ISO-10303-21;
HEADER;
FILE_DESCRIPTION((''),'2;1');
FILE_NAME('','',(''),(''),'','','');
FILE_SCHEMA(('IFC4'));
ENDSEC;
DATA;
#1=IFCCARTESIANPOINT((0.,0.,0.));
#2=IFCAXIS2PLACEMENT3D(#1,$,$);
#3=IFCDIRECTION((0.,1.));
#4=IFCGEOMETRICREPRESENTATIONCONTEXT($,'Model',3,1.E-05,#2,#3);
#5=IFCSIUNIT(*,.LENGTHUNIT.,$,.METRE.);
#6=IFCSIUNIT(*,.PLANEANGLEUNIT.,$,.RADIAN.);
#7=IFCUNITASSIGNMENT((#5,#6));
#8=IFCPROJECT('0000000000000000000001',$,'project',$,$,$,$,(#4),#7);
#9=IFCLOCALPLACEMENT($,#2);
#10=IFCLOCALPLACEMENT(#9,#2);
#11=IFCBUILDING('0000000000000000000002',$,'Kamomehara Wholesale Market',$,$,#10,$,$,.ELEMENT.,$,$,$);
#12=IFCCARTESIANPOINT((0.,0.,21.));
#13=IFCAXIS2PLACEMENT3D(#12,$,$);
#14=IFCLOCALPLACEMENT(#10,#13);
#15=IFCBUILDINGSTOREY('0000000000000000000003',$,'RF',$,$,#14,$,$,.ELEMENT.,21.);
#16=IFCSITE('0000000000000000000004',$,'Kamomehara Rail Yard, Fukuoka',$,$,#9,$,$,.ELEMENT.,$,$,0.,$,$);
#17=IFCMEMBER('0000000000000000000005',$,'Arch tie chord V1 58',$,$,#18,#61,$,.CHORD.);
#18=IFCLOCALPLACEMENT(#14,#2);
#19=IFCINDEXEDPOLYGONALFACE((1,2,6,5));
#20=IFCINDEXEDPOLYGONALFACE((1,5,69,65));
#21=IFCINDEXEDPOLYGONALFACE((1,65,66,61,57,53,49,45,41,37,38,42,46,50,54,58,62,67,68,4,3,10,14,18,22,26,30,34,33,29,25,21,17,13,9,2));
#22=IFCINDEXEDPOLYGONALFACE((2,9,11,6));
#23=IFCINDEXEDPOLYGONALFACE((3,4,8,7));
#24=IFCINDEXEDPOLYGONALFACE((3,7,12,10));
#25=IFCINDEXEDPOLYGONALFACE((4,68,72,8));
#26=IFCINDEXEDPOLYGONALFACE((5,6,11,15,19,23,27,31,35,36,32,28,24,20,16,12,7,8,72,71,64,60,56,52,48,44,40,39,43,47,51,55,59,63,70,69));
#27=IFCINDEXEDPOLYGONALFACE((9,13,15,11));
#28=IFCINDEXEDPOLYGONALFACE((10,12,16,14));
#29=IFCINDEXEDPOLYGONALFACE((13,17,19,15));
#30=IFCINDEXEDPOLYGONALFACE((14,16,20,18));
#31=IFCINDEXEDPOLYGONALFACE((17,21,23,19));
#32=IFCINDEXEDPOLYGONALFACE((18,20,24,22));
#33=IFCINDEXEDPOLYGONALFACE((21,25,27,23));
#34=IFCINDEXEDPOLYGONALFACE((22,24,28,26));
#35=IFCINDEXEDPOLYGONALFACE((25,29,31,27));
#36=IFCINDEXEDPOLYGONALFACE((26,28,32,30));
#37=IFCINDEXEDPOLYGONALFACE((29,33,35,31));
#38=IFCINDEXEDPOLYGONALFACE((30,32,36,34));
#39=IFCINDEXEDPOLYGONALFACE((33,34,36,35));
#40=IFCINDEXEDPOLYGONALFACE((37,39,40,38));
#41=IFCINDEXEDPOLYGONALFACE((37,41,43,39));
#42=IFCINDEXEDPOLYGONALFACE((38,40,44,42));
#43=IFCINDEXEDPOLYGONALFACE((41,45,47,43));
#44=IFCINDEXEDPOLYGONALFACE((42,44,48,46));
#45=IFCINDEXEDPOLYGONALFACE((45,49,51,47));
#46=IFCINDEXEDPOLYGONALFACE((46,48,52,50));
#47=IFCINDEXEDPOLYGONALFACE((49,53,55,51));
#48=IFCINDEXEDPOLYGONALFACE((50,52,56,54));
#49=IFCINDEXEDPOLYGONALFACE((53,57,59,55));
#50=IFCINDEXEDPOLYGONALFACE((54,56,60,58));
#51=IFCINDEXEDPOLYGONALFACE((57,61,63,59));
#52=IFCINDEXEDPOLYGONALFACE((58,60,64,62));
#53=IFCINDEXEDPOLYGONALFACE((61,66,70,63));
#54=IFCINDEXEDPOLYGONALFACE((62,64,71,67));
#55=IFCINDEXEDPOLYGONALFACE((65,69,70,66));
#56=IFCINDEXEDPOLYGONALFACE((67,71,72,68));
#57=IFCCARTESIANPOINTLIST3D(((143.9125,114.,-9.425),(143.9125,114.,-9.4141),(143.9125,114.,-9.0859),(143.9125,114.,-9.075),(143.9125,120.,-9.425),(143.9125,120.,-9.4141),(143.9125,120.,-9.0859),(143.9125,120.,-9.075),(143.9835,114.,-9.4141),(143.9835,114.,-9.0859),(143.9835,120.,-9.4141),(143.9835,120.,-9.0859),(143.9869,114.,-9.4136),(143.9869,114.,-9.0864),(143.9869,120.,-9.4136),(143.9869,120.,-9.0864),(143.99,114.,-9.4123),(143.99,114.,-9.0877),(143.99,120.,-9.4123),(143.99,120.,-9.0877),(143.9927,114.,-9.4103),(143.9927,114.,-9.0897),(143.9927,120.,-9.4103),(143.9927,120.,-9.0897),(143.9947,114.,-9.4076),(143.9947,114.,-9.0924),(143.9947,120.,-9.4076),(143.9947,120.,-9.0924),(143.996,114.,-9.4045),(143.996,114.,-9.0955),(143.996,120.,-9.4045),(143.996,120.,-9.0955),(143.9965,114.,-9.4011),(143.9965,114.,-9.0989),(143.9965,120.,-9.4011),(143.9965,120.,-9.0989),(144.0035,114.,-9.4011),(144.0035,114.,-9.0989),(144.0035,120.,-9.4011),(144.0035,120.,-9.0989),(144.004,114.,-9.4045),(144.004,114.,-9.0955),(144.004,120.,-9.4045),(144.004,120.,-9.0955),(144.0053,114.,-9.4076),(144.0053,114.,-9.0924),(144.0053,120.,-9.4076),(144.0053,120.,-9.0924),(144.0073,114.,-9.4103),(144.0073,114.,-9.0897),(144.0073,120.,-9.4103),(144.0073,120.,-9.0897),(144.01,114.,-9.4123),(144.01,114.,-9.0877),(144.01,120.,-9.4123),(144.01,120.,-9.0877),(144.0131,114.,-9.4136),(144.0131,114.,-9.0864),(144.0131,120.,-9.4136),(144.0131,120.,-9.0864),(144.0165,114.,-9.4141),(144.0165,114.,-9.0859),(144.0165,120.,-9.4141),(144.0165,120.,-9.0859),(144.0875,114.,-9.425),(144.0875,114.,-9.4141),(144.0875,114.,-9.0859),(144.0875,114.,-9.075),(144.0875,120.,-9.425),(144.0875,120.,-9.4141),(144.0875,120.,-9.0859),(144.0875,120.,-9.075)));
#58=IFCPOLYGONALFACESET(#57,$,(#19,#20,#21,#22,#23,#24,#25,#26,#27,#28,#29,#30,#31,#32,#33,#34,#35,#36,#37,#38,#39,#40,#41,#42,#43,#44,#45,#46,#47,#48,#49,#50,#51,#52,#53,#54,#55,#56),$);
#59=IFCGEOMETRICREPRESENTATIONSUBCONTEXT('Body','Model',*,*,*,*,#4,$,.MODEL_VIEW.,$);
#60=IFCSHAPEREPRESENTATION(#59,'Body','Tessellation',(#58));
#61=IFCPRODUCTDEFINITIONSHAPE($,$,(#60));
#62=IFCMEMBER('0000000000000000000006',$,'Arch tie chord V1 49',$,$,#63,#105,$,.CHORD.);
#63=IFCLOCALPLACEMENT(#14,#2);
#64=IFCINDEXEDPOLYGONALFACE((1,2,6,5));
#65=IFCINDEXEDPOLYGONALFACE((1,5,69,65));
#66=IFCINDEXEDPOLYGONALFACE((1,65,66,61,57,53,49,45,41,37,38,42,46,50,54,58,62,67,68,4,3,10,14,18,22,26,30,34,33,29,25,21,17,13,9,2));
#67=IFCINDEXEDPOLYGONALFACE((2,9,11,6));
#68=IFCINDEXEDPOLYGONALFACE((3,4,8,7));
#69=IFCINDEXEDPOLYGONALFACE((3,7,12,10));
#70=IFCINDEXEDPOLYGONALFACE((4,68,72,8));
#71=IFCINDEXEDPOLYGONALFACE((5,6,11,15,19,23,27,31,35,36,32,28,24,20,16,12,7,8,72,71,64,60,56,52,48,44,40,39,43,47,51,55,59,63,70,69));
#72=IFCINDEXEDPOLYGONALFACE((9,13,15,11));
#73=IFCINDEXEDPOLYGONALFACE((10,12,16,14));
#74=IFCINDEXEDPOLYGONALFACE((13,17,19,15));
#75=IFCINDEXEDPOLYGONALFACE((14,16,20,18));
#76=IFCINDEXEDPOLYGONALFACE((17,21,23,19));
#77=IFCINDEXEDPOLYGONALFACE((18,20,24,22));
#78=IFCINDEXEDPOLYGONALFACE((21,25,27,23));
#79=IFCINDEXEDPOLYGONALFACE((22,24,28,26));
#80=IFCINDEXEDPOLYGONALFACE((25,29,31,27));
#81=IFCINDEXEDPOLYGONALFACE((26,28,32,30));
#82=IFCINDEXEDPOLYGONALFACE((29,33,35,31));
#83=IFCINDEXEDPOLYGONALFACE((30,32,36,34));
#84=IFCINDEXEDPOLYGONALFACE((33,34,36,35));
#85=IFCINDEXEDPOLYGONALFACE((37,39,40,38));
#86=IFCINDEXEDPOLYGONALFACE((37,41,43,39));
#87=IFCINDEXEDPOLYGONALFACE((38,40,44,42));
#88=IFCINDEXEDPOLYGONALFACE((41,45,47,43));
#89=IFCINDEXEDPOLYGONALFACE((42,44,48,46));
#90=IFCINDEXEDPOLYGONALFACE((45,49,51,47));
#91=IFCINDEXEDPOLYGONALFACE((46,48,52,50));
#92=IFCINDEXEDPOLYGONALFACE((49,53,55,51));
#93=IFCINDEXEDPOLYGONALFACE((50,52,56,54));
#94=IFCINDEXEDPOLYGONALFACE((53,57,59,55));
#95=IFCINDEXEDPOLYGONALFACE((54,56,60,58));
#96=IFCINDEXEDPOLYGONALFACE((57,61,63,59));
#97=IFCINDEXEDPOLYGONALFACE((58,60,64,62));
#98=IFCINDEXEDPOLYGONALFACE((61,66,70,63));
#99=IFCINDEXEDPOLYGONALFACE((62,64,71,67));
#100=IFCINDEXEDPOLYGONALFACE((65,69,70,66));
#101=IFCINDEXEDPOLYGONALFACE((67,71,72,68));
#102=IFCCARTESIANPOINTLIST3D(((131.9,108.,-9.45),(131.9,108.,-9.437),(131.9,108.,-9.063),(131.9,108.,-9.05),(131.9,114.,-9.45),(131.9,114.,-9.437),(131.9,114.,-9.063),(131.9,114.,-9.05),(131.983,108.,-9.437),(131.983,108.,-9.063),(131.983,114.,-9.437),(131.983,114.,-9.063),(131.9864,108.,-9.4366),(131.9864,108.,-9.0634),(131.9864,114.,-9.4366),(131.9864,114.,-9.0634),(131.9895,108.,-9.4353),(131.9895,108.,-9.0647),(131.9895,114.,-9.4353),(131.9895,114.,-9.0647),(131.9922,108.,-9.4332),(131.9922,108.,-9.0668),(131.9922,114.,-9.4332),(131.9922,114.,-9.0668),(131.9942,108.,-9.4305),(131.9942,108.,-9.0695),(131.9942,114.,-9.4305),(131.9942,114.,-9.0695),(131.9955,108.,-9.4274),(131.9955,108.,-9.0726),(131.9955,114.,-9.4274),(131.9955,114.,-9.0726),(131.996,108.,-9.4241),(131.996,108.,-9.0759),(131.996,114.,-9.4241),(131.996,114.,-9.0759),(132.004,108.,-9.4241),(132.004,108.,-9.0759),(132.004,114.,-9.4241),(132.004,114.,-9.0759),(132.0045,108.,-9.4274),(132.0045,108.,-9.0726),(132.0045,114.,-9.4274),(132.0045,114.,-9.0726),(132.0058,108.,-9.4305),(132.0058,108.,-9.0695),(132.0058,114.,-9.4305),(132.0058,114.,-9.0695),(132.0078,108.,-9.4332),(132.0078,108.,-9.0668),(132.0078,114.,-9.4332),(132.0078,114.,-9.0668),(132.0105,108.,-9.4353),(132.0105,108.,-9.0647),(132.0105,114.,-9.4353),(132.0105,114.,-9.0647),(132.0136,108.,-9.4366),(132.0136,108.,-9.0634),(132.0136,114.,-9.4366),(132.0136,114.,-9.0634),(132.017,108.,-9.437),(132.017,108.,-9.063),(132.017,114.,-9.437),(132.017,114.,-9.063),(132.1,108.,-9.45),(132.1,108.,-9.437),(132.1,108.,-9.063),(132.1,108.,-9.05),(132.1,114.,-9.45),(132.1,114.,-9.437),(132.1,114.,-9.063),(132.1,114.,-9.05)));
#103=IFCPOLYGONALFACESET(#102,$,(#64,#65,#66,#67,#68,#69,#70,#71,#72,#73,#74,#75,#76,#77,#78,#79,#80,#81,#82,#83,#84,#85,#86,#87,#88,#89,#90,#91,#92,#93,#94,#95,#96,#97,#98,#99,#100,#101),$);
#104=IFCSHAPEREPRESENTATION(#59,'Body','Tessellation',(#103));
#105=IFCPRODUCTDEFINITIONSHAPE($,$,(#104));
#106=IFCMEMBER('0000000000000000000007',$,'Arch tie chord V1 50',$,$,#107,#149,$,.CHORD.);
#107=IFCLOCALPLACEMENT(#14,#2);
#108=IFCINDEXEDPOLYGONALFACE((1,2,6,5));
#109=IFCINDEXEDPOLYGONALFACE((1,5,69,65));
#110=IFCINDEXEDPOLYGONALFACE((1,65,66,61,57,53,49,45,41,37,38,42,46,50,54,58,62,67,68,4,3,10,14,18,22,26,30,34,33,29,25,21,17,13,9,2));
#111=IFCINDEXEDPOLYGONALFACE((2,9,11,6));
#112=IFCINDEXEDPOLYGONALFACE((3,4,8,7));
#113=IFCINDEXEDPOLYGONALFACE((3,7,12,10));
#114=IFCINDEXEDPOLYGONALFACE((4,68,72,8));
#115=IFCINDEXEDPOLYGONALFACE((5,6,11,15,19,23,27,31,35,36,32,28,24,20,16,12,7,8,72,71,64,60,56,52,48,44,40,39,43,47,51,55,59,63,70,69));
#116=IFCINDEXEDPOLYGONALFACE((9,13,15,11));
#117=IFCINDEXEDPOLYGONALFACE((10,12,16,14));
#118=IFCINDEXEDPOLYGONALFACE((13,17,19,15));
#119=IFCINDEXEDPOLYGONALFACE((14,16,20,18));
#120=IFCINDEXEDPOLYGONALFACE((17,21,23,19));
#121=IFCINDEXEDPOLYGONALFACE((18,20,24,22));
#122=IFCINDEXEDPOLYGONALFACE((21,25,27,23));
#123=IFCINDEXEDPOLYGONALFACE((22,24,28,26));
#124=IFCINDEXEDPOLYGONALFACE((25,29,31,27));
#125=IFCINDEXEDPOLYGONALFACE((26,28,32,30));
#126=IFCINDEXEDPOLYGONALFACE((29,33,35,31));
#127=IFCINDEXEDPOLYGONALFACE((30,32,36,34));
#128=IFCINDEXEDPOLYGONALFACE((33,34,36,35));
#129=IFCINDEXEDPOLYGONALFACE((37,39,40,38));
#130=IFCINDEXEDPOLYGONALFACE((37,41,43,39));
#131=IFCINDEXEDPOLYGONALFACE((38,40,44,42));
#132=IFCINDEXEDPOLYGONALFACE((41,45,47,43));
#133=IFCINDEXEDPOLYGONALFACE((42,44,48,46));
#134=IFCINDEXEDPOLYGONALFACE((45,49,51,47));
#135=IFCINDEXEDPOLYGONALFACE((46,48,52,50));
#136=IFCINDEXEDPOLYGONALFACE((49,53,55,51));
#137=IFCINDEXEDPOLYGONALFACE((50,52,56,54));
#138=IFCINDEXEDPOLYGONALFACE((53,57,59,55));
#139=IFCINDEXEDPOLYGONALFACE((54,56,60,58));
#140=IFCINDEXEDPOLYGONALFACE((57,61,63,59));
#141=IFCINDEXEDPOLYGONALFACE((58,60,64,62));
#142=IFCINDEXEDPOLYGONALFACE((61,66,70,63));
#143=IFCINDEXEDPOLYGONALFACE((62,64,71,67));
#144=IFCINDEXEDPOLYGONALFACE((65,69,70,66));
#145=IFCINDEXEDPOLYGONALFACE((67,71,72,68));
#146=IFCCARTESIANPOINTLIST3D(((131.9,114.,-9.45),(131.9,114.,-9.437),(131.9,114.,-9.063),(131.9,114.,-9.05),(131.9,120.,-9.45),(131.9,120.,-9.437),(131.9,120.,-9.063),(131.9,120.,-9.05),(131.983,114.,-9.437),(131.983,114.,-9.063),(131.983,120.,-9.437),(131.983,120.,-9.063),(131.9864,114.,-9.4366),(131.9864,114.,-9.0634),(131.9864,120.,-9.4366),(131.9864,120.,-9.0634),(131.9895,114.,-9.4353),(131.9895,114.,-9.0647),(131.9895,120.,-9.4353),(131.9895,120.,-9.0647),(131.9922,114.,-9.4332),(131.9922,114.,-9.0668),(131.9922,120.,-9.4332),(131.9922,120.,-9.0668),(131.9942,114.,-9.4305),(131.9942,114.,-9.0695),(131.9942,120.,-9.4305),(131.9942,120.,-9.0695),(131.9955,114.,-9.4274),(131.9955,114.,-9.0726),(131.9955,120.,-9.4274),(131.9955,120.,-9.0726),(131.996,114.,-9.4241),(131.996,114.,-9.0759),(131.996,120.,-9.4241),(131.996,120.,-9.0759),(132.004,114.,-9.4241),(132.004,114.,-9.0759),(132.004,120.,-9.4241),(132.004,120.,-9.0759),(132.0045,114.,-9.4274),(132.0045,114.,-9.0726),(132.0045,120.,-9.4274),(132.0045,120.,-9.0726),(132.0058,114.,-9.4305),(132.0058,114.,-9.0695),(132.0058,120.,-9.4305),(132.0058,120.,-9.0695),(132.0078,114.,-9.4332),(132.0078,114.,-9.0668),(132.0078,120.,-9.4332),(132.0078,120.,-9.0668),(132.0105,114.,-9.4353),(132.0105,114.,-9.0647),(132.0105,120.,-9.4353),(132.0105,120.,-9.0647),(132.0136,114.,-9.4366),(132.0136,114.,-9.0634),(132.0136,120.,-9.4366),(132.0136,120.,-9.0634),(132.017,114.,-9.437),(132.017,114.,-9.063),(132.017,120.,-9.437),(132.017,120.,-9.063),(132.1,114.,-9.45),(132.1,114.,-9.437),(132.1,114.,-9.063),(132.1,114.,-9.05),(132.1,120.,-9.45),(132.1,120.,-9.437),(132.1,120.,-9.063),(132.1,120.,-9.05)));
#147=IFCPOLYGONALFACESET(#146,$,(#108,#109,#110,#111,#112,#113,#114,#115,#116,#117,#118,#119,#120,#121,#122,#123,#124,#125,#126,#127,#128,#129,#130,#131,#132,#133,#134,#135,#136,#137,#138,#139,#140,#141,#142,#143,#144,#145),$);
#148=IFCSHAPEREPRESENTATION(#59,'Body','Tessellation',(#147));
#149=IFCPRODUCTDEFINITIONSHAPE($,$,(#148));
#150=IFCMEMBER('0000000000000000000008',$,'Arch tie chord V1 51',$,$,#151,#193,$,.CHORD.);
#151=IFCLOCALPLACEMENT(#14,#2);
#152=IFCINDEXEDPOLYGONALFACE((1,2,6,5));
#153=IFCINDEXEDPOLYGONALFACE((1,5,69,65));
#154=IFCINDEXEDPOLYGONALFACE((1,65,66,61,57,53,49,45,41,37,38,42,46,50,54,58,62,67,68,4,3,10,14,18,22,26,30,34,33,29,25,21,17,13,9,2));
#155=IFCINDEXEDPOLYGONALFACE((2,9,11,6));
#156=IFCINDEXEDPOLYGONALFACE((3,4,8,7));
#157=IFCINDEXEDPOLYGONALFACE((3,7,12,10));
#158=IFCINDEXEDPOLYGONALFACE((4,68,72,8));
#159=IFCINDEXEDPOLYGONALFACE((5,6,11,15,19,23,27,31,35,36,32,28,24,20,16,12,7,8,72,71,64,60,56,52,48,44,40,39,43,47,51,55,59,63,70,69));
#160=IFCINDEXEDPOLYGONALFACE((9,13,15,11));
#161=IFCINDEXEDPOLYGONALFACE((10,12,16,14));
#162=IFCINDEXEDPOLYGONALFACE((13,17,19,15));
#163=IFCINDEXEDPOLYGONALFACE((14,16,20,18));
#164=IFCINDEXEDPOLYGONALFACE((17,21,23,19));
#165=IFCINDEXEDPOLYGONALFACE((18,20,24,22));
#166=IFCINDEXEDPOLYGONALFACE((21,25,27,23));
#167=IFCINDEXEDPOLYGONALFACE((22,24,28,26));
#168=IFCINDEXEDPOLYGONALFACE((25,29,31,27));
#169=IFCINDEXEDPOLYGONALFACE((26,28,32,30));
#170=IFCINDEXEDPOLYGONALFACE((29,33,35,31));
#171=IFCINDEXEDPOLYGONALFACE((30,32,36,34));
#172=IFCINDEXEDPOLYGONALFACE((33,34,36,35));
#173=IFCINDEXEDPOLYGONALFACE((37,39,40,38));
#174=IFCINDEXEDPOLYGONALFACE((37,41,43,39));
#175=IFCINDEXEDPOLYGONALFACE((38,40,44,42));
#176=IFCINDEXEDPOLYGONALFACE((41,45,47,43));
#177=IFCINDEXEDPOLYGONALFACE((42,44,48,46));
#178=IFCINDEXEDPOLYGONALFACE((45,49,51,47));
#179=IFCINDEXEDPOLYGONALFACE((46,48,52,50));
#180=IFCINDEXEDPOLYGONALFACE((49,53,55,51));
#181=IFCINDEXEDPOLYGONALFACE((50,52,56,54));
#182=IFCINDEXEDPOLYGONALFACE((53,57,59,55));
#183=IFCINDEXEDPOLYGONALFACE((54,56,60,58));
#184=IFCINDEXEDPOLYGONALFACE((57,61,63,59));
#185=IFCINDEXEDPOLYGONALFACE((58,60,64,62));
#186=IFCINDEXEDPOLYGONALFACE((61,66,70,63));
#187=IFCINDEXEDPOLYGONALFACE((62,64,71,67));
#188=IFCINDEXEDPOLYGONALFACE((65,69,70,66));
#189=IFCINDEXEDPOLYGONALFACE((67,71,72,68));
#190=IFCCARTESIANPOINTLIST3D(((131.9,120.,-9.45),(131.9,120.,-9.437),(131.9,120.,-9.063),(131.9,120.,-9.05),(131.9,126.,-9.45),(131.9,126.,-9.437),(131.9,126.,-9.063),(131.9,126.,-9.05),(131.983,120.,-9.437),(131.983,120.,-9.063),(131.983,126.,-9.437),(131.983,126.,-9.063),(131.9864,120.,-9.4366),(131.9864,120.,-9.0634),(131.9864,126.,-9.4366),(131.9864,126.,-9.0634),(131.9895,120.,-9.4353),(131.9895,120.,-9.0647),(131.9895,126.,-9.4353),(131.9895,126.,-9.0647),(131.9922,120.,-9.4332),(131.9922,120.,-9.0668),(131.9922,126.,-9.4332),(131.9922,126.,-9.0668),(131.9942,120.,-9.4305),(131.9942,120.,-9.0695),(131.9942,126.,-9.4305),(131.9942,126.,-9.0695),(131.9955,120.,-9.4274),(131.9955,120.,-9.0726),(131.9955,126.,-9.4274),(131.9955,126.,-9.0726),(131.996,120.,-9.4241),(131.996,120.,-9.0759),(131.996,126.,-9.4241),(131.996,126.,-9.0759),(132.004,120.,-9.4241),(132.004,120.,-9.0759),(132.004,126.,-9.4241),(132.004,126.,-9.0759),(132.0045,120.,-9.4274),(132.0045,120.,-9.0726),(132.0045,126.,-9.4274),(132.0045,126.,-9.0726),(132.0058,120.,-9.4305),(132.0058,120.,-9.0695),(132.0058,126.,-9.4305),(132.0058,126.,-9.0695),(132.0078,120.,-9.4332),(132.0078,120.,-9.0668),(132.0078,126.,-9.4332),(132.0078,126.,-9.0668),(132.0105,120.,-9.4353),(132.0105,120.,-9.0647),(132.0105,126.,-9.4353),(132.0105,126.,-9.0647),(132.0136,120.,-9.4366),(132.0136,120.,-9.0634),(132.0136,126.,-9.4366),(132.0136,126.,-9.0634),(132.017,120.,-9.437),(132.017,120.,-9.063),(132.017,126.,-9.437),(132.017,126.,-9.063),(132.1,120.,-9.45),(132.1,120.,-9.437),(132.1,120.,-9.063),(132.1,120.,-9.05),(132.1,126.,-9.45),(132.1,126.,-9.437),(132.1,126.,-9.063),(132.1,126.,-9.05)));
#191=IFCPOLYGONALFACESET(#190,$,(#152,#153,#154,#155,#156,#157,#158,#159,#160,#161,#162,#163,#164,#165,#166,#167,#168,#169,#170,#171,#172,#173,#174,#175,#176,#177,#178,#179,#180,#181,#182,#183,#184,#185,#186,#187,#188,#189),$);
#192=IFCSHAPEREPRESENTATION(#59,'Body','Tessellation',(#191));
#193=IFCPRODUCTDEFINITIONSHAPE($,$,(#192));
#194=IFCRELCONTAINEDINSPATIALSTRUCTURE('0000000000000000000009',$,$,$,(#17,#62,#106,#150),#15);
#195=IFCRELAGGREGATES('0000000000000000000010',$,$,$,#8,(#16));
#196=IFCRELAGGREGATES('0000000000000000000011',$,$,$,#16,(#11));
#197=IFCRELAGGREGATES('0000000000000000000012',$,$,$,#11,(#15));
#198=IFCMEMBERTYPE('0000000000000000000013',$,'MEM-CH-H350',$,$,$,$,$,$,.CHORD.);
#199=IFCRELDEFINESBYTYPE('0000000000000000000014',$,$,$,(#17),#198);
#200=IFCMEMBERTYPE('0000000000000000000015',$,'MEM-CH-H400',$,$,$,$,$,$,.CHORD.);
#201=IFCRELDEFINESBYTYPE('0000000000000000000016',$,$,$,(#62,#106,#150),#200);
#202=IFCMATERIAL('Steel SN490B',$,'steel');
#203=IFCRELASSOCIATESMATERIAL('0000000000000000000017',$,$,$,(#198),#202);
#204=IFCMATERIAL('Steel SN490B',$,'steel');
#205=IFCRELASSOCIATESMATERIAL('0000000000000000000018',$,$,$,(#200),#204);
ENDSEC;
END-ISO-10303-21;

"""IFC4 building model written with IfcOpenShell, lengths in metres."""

from ifc_helpers import new_model, si_unit, direction, frame, origin, origin_2d, place, context, subcontext, project, spatial, i_section, extrude, material, material_profile, profile_set, type_object, element, save


model = new_model("IFC4")

# Units and contexts
model_context = context("Model", 3, precision=1e-05, world=origin(), true_north=direction((0.0, 1.0)))
body_context = subcontext(model_context, "Body", "Model", "MODEL_VIEW")
ifc_project = project(units=[si_unit("LENGTHUNIT", "METRE"), si_unit("PLANEANGLEUNIT", "RADIAN")], contexts=[model_context])

# Site, building, storey
site_placement = place(None, origin())
site = spatial("IfcSite", under=ifc_project, at=site_placement, Name="Kamomehara Rail Yard, Fukuoka", CompositionType="ELEMENT", RefElevation=0.0)
building_placement = place(site_placement, origin())
building = spatial("IfcBuilding", under=site, at=building_placement, Name="Kamomehara Wholesale Market", CompositionType="ELEMENT")
storey_placement = place(building_placement, frame((0.0, 0.0, 21.0)))
storey = spatial("IfcBuildingStorey", under=building, at=storey_placement, Name="RF", CompositionType="ELEMENT", Elevation=21.0)

# Members
ifc_material_1 = material(Name="Steel SN490B", Category="steel")
ifc_material_profile_1 = material_profile(ifc_material_1, i_section(OverallWidth=0.175, OverallDepth=0.3501, WebThickness=0.0071, FlangeThickness=0.011, FilletRadius=0.0129, at=origin_2d()), Name="H-350x175x7x11")
ifc_profile_set_1 = profile_set([ifc_material_profile_1], Name="Steel SN490B")
member_type_1 = type_object("IfcMemberType", Name="MEM-CH-H350", PredefinedType="CHORD", material=ifc_profile_set_1)
for number, where, z_axis, x_axis, name in (
    (1, (144.0, 114.0, -9.25), (0.0, 1.0, 0.0), (-1.0, 0.0, 0.0), "Arch tie chord V1 58"),
):
    element("IfcMember", number, at=place(storey_placement, frame(where, z_axis=z_axis, x_axis=x_axis)), inside=storey, type_object=member_type_1, Name=name, PredefinedType="CHORD", context=body_context, shape_type="SweptSolid", body=[
        extrude(i_section(OverallWidth=0.175, OverallDepth=0.3501, WebThickness=0.0071, FlangeThickness=0.011, FilletRadius=0.0129, at=origin_2d()), origin(), (0.0, 0.0, 1.0), 6.0),
    ])
ifc_material_2 = material(Name="Steel SN490B", Category="steel")
ifc_material_profile_2 = material_profile(ifc_material_2, i_section(OverallWidth=0.2, OverallDepth=0.3999, WebThickness=0.0081, FlangeThickness=0.0129, FilletRadius=0.0129, at=origin_2d()), Name="H-400x200x8x13")
ifc_profile_set_2 = profile_set([ifc_material_profile_2], Name="Steel SN490B")
member_type_2 = type_object("IfcMemberType", Name="MEM-CH-H400", PredefinedType="CHORD", material=ifc_profile_set_2)
for number, where, z_axis, x_axis, name in (
    (2, (132.0, 108.0, -9.25), (0.0, 1.0, 0.0), (-1.0, 0.0, 0.0), "Arch tie chord V1 49"),
    (3, (132.0, 114.0, -9.25), (0.0, 1.0, 0.0), (-1.0, 0.0, 0.0), "Arch tie chord V1 50"),
    (4, (132.0, 120.0, -9.25), (0.0, 1.0, 0.0), (-1.0, 0.0, 0.0), "Arch tie chord V1 51"),
):
    element("IfcMember", number, at=place(storey_placement, frame(where, z_axis=z_axis, x_axis=x_axis)), inside=storey, type_object=member_type_2, Name=name, PredefinedType="CHORD", context=body_context, shape_type="SweptSolid", body=[
        extrude(i_section(OverallWidth=0.2, OverallDepth=0.3999, WebThickness=0.0081, FlangeThickness=0.0129, FilletRadius=0.0129, at=origin_2d()), origin(), (0.0, 0.0, 1.0), 6.0),
    ])

save(model, "model.ifc")
